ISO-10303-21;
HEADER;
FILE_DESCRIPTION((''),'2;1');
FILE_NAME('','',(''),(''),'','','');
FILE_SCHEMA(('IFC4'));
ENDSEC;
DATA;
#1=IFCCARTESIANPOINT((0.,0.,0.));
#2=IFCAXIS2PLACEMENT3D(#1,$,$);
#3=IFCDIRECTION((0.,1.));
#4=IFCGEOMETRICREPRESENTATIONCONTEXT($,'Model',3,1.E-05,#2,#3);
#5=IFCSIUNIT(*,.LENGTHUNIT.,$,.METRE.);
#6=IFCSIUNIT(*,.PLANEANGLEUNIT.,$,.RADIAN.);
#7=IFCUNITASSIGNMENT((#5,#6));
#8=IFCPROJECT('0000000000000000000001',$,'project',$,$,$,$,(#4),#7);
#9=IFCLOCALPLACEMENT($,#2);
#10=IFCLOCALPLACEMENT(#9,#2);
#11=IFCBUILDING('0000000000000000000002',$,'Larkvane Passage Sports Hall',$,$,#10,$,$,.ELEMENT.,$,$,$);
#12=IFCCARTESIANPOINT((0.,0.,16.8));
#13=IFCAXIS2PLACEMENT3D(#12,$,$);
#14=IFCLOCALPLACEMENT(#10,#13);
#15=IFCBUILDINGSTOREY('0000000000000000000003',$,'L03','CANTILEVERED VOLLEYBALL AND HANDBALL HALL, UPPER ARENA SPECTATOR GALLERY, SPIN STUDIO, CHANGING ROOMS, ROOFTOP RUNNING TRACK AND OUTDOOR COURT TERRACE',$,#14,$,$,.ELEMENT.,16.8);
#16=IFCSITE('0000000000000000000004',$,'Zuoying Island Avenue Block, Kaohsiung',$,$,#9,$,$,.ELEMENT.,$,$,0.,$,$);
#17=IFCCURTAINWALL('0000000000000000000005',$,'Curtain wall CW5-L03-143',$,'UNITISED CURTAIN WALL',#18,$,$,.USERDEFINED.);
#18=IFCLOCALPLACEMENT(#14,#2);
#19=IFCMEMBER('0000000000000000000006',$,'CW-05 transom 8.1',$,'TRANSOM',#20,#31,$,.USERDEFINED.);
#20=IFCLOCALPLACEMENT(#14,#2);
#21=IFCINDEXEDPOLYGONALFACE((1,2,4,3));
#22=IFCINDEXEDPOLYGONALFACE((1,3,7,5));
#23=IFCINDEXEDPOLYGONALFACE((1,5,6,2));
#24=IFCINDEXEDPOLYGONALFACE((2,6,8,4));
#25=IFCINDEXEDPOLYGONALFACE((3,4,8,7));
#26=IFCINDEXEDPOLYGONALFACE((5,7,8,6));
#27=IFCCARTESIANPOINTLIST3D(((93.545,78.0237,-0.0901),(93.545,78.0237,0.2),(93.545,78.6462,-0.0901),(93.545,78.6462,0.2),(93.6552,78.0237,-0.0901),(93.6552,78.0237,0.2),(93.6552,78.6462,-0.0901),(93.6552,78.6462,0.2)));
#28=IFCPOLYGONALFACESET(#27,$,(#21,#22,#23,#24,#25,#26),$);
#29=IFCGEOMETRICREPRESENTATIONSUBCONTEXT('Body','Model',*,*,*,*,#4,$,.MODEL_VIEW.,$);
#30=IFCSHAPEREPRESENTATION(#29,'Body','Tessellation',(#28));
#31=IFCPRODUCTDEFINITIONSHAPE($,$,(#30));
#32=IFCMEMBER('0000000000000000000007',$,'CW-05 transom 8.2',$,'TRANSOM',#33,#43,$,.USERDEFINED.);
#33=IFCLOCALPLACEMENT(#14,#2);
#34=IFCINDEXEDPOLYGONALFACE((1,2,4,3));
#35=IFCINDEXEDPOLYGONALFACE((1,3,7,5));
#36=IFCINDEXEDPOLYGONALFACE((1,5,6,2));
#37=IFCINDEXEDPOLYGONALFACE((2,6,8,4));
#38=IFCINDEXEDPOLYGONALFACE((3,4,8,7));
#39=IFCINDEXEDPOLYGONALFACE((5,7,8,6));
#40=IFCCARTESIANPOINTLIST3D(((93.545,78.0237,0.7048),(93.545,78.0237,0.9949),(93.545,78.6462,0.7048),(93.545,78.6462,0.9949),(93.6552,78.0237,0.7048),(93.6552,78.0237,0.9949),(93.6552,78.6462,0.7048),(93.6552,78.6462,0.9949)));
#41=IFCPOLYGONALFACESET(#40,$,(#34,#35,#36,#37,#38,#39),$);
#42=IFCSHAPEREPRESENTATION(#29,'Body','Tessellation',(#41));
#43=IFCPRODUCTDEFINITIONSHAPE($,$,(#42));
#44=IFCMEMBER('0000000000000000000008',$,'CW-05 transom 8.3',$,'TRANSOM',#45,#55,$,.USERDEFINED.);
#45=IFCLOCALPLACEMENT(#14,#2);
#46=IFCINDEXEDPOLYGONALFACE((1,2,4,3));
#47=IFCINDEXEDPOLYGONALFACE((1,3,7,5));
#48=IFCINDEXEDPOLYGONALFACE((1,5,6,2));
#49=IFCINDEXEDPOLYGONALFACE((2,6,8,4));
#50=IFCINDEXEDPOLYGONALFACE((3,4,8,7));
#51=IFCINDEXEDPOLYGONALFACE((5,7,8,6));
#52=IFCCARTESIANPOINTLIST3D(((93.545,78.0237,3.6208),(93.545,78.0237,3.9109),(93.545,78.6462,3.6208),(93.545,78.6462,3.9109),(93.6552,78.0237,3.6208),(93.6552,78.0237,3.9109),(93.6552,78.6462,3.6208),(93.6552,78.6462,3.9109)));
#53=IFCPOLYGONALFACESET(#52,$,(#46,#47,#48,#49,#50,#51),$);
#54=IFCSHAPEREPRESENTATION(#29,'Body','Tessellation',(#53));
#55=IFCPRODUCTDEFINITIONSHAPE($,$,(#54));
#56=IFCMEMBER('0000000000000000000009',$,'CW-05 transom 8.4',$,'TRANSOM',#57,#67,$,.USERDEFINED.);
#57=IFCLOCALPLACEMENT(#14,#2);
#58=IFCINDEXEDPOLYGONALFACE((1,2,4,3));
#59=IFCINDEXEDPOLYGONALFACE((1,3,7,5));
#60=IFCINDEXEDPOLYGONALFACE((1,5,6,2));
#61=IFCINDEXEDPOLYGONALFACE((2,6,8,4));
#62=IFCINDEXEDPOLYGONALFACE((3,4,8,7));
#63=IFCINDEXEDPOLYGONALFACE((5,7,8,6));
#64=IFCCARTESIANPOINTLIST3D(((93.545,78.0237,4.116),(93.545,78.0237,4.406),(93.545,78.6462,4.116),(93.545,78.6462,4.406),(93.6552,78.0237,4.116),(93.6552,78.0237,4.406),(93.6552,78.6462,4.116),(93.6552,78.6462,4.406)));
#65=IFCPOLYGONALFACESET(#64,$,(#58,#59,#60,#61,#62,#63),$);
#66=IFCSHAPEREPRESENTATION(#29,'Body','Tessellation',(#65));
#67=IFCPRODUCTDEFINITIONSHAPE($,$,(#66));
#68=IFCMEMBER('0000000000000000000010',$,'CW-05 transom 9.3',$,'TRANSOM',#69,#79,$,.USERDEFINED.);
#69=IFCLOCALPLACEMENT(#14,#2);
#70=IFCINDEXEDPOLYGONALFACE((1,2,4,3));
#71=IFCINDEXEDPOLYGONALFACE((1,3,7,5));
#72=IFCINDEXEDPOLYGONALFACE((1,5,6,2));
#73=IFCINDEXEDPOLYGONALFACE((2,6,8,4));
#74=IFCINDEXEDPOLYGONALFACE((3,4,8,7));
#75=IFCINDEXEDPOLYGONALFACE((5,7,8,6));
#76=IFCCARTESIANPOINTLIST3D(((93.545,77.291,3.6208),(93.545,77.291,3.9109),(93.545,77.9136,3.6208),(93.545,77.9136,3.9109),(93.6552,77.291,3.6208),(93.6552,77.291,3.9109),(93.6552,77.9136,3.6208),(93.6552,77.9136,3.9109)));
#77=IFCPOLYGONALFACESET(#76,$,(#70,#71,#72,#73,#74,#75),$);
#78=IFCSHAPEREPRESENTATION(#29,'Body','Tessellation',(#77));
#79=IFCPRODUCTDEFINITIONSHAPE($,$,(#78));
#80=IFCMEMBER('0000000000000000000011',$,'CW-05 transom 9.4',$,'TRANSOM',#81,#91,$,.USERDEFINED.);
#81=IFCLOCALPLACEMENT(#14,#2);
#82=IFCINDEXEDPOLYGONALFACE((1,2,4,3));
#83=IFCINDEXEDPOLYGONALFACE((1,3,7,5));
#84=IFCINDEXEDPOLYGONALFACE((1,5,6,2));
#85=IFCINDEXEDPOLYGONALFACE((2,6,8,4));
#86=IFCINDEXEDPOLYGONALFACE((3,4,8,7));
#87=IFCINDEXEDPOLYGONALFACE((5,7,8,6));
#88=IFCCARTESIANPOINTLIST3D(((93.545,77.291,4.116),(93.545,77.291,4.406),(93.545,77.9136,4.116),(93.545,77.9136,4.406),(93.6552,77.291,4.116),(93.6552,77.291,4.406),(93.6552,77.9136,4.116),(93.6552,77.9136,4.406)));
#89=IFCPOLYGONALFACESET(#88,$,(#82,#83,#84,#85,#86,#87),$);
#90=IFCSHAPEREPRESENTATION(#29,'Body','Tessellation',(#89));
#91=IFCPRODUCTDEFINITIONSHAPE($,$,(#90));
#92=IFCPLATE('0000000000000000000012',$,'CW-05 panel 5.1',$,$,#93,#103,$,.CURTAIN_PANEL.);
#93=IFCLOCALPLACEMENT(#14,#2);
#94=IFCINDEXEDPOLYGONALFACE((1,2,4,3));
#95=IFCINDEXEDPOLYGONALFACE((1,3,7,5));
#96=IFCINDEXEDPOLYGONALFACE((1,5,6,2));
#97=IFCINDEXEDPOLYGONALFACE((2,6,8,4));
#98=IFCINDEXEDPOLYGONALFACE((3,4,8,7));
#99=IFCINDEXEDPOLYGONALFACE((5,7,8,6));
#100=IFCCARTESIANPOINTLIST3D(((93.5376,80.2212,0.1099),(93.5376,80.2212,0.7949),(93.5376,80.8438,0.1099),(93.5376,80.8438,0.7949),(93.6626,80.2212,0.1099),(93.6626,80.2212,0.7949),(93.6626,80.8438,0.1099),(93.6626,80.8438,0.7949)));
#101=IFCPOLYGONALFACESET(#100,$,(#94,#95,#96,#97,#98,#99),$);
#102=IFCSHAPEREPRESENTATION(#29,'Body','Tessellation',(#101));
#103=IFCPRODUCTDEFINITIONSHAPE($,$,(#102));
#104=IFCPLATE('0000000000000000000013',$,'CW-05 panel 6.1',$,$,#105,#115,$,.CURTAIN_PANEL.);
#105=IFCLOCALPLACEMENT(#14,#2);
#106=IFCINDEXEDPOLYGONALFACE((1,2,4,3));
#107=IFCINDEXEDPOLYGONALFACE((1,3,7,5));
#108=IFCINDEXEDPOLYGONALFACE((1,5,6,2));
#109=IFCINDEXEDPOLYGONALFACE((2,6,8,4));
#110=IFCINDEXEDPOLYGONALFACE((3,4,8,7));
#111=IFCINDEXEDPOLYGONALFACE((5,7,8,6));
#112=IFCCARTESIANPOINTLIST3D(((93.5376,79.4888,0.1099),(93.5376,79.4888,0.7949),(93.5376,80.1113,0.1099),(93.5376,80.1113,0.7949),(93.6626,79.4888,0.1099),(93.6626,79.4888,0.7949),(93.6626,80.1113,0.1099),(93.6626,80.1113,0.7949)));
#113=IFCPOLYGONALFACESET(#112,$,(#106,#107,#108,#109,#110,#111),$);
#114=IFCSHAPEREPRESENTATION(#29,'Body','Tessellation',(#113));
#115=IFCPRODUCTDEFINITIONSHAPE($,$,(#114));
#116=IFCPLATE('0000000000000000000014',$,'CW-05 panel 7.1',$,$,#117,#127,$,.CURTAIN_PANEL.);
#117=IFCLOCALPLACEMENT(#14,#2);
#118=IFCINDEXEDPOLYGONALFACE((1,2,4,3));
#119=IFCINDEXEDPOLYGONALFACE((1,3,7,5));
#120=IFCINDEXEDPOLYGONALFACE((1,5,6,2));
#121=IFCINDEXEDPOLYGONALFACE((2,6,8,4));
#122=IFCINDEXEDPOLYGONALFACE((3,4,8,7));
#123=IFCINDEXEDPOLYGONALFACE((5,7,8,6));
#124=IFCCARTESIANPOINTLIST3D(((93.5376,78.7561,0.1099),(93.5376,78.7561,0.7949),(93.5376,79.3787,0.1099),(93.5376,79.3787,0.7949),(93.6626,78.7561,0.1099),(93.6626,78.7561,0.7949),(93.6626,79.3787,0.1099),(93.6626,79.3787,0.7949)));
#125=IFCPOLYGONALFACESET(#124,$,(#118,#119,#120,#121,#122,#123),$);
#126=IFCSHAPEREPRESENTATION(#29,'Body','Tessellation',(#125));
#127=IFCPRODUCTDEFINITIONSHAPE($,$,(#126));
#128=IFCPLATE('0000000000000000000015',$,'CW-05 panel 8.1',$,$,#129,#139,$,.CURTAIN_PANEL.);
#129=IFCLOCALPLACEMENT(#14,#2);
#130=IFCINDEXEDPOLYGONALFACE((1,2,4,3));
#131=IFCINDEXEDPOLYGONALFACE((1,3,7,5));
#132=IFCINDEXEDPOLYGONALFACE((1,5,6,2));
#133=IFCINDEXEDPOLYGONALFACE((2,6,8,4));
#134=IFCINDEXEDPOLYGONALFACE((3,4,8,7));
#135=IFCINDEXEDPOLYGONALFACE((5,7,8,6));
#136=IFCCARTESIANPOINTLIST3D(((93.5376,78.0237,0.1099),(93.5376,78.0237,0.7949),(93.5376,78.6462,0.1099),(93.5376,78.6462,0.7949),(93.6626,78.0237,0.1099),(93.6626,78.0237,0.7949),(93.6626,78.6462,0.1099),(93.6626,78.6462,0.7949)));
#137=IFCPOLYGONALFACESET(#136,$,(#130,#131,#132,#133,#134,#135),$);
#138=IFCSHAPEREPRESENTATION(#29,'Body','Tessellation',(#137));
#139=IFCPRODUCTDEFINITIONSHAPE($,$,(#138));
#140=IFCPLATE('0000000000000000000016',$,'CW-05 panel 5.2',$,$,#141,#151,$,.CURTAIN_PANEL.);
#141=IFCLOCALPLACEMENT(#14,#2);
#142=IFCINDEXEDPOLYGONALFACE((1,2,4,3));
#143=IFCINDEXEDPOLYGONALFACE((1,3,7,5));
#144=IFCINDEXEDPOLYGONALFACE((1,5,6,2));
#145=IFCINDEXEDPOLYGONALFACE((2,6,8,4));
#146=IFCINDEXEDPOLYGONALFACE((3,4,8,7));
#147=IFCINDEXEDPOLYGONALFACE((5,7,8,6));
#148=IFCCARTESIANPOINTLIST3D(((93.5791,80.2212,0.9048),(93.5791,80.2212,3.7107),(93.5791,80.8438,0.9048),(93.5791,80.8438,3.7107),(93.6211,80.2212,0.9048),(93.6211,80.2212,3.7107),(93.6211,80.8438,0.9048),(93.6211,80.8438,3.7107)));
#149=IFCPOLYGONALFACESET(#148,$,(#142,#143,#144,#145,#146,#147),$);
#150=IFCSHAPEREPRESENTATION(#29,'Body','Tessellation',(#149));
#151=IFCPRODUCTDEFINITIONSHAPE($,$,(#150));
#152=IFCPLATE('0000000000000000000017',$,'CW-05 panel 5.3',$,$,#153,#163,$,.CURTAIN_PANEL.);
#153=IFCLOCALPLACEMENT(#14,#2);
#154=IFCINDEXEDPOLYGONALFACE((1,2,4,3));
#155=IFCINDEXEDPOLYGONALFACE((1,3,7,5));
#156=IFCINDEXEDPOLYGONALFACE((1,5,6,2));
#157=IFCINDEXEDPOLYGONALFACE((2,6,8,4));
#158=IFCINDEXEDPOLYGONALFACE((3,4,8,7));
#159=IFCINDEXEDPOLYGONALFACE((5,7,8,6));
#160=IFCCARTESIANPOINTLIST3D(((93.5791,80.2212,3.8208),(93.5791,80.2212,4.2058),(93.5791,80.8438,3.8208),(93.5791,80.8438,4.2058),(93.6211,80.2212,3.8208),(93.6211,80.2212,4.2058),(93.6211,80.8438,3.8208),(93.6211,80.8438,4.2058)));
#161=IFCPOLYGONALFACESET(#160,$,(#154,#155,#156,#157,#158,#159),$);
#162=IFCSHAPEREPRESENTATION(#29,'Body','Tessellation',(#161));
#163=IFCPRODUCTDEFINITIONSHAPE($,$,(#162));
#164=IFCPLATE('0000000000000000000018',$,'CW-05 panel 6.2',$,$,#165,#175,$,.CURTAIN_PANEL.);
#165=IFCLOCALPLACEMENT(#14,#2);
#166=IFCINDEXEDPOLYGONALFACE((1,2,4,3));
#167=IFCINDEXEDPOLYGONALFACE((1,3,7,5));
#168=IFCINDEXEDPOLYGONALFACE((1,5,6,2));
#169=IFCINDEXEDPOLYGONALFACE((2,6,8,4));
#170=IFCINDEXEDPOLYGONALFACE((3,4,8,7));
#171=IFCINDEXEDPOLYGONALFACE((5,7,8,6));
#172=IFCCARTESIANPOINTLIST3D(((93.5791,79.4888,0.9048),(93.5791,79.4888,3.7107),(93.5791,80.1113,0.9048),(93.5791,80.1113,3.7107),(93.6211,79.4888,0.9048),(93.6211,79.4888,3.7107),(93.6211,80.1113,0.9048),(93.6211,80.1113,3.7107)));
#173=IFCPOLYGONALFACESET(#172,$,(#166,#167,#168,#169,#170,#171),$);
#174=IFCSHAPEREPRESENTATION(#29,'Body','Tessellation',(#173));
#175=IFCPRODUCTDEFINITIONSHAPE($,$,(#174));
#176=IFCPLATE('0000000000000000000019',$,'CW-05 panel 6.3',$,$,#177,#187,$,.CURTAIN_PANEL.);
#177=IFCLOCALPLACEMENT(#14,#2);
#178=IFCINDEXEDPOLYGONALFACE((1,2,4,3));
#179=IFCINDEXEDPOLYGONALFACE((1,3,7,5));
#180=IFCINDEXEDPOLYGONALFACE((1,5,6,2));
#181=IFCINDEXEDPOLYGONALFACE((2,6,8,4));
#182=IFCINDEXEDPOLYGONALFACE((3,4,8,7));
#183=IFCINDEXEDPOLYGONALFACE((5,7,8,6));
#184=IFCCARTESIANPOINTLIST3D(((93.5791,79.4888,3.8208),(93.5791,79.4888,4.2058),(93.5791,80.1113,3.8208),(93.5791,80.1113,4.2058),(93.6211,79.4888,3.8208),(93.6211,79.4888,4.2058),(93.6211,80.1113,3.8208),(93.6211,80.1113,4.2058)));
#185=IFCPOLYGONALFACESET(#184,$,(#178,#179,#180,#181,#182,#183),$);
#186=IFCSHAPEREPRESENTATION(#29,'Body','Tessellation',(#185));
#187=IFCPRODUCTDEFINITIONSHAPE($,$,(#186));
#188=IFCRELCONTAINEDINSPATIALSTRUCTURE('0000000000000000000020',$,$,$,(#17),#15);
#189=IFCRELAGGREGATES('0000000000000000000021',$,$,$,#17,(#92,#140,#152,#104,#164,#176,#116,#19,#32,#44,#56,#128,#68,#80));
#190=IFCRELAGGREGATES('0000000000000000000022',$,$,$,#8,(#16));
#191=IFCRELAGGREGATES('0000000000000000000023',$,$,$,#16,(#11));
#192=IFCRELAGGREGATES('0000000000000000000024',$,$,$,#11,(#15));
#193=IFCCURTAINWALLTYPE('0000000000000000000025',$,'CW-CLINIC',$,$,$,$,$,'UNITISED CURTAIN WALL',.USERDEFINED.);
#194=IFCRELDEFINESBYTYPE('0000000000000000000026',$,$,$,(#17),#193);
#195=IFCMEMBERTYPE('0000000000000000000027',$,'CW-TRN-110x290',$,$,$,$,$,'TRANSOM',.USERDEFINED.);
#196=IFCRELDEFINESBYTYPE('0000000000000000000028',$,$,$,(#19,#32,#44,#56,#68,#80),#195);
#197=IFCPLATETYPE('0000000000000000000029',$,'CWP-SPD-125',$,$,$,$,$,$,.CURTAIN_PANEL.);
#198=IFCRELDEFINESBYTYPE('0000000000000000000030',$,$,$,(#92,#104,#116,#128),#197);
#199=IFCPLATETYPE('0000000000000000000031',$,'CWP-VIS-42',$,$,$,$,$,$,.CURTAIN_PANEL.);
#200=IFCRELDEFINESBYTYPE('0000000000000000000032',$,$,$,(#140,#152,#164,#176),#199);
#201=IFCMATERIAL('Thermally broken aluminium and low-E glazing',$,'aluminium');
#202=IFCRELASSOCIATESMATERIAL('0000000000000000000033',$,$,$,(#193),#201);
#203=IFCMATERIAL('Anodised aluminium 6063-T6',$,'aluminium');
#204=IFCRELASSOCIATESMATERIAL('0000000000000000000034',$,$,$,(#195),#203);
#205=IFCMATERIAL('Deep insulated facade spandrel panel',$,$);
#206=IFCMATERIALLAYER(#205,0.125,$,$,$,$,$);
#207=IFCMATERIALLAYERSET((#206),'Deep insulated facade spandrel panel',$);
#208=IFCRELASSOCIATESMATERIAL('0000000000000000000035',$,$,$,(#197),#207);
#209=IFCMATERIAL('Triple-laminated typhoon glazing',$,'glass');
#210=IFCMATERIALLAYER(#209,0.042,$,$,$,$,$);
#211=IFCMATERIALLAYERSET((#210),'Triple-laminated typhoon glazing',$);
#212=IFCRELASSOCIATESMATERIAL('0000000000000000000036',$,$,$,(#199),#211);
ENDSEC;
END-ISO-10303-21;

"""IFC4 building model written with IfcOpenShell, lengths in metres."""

from ifc_helpers import new_model, si_unit, direction, frame, origin, origin_2d, place, context, subcontext, project, spatial, rectangle, extrude, material, layer, layer_set, material_profile, profile_set, type_object, element, aggregate, save


model = new_model("IFC4")

# Units and contexts
model_context = context("Model", 3, precision=1e-05, world=origin(), true_north=direction((0.0, 1.0)))
body_context = subcontext(model_context, "Body", "Model", "MODEL_VIEW")
ifc_project = project(units=[si_unit("LENGTHUNIT", "METRE"), si_unit("PLANEANGLEUNIT", "RADIAN")], contexts=[model_context])

# Site, building, storey
site_placement = place(None, origin())
site = spatial("IfcSite", under=ifc_project, at=site_placement, Name="Zuoying Island Avenue Block, Kaohsiung", CompositionType="ELEMENT", RefElevation=0.0)
building_placement = place(site_placement, origin())
building = spatial("IfcBuilding", under=site, at=building_placement, Name="Larkvane Passage Sports Hall", CompositionType="ELEMENT")
storey_placement = place(building_placement, frame((0.0, 0.0, 16.8)))
storey = spatial("IfcBuildingStorey", under=building, at=storey_placement, Name="L03", Description="CANTILEVERED VOLLEYBALL AND HANDBALL HALL, UPPER ARENA SPECTATOR GALLERY, SPIN STUDIO, CHANGING ROOMS, ROOFTOP RUNNING TRACK AND OUTDOOR COURT TERRACE", CompositionType="ELEMENT", Elevation=16.8)

# Curtain wall, members, plates
ifc_material_1 = material(Name="Thermally broken aluminium and low-E glazing", Category="aluminium")
curtain_wall_type = type_object("IfcCurtainWallType", Name="CW-CLINIC", ElementType="UNITISED CURTAIN WALL", PredefinedType="USERDEFINED", material=ifc_material_1)
curtain_wall_placement = place(storey_placement, origin())
curtain_wall = element("IfcCurtainWall", 1, at=curtain_wall_placement, inside=storey, type_object=curtain_wall_type, Name="Curtain wall CW5-L03-143", ObjectType="UNITISED CURTAIN WALL", PredefinedType="USERDEFINED")
ifc_material_2 = material(Name="Anodised aluminium 6063-T6", Category="aluminium")
ifc_material_profile_1 = material_profile(ifc_material_2, rectangle(XDim=0.1101, YDim=0.29, at=origin_2d()), Name="ALU-TRN-110x290")
ifc_profile_set_1 = profile_set([ifc_material_profile_1], Name="Anodised aluminium 6063-T6")
member_type_1 = type_object("IfcMemberType", Name="CW-TRN-110x290", ElementType="TRANSOM", PredefinedType="USERDEFINED", material=ifc_profile_set_1)
member_1_placement = place(storey_placement, frame((93.6001, 78.6462, 0.0549), z_axis=(0.0, -1.0, 0.0), x_axis=(1.0, 0.0, 0.0)))
member_1 = element("IfcMember", 2, at=member_1_placement, type_object=member_type_1, Name="CW-05 transom 8.1", ObjectType="TRANSOM", PredefinedType="USERDEFINED", context=body_context, shape_type="SweptSolid", body=[
    extrude(rectangle(XDim=0.1101, YDim=0.29, at=origin_2d()), origin(), (0.0, 0.0, 1.0), 0.6226),
])
member_2_placement = place(storey_placement, frame((93.6001, 78.6462, 0.8499), z_axis=(0.0, -1.0, 0.0), x_axis=(1.0, 0.0, 0.0)))
member_2 = element("IfcMember", 3, at=member_2_placement, type_object=member_type_1, Name="CW-05 transom 8.2", ObjectType="TRANSOM", PredefinedType="USERDEFINED", context=body_context, shape_type="SweptSolid", body=[
    extrude(rectangle(XDim=0.1101, YDim=0.29, at=origin_2d()), origin(), (0.0, 0.0, 1.0), 0.6226),
])
member_3_placement = place(storey_placement, frame((93.6001, 78.6462, 3.7659), z_axis=(0.0, -1.0, 0.0), x_axis=(1.0, 0.0, 0.0)))
member_3 = element("IfcMember", 4, at=member_3_placement, type_object=member_type_1, Name="CW-05 transom 8.3", ObjectType="TRANSOM", PredefinedType="USERDEFINED", context=body_context, shape_type="SweptSolid", body=[
    extrude(rectangle(XDim=0.1101, YDim=0.29, at=origin_2d()), origin(), (0.0, 0.0, 1.0), 0.6226),
])
member_4_placement = place(storey_placement, frame((93.6001, 78.6462, 4.261), z_axis=(0.0, -1.0, 0.0), x_axis=(1.0, 0.0, 0.0)))
member_4 = element("IfcMember", 5, at=member_4_placement, type_object=member_type_1, Name="CW-05 transom 8.4", ObjectType="TRANSOM", PredefinedType="USERDEFINED", context=body_context, shape_type="SweptSolid", body=[
    extrude(rectangle(XDim=0.1101, YDim=0.29, at=origin_2d()), origin(), (0.0, 0.0, 1.0), 0.6226),
])
member_5_placement = place(storey_placement, frame((93.6001, 77.9136, 3.7659), z_axis=(0.0, -1.0, 0.0), x_axis=(1.0, 0.0, 0.0)))
member_5 = element("IfcMember", 6, at=member_5_placement, type_object=member_type_1, Name="CW-05 transom 9.3", ObjectType="TRANSOM", PredefinedType="USERDEFINED", context=body_context, shape_type="SweptSolid", body=[
    extrude(rectangle(XDim=0.1101, YDim=0.29, at=origin_2d()), origin(), (0.0, 0.0, 1.0), 0.6226),
])
member_6_placement = place(storey_placement, frame((93.6001, 77.9136, 4.261), z_axis=(0.0, -1.0, 0.0), x_axis=(1.0, 0.0, 0.0)))
member_6 = element("IfcMember", 7, at=member_6_placement, type_object=member_type_1, Name="CW-05 transom 9.4", ObjectType="TRANSOM", PredefinedType="USERDEFINED", context=body_context, shape_type="SweptSolid", body=[
    extrude(rectangle(XDim=0.1101, YDim=0.29, at=origin_2d()), origin(), (0.0, 0.0, 1.0), 0.6226),
])
ifc_material_3 = material(Name="Deep insulated facade spandrel panel")
ifc_layer_1 = layer(ifc_material_3, 0.125)
ifc_layer_set_1 = layer_set([ifc_layer_1], Name="Deep insulated facade spandrel panel")
plate_type_1 = type_object("IfcPlateType", Name="CWP-SPD-125", PredefinedType="CURTAIN_PANEL", material=ifc_layer_set_1)
plate_1_placement = place(storey_placement, frame((93.6001, 80.5325, 0.1099), z_axis=(0.0, 0.0, 1.0), x_axis=(0.0, -1.0, 0.0)))
plate_1 = element("IfcPlate", 8, at=plate_1_placement, type_object=plate_type_1, Name="CW-05 panel 5.1", PredefinedType="CURTAIN_PANEL", context=body_context, shape_type="SweptSolid", body=[
    extrude(rectangle(XDim=0.6226, YDim=0.125, at=origin_2d()), origin(), (0.0, 0.0, 1.0), 0.6851),
])
plate_2_placement = place(storey_placement, frame((93.6001, 79.8, 0.1099), z_axis=(0.0, 0.0, 1.0), x_axis=(0.0, -1.0, 0.0)))
plate_2 = element("IfcPlate", 9, at=plate_2_placement, type_object=plate_type_1, Name="CW-05 panel 6.1", PredefinedType="CURTAIN_PANEL", context=body_context, shape_type="SweptSolid", body=[
    extrude(rectangle(XDim=0.6226, YDim=0.125, at=origin_2d()), origin(), (0.0, 0.0, 1.0), 0.6851),
])
plate_3_placement = place(storey_placement, frame((93.6001, 79.0674, 0.1099), z_axis=(0.0, 0.0, 1.0), x_axis=(0.0, -1.0, 0.0)))
plate_3 = element("IfcPlate", 10, at=plate_3_placement, type_object=plate_type_1, Name="CW-05 panel 7.1", PredefinedType="CURTAIN_PANEL", context=body_context, shape_type="SweptSolid", body=[
    extrude(rectangle(XDim=0.6226, YDim=0.125, at=origin_2d()), origin(), (0.0, 0.0, 1.0), 0.6851),
])
plate_4_placement = place(storey_placement, frame((93.6001, 78.335, 0.1099), z_axis=(0.0, 0.0, 1.0), x_axis=(0.0, -1.0, 0.0)))
plate_4 = element("IfcPlate", 11, at=plate_4_placement, type_object=plate_type_1, Name="CW-05 panel 8.1", PredefinedType="CURTAIN_PANEL", context=body_context, shape_type="SweptSolid", body=[
    extrude(rectangle(XDim=0.6226, YDim=0.125, at=origin_2d()), origin(), (0.0, 0.0, 1.0), 0.6851),
])
ifc_material_4 = material(Name="Triple-laminated typhoon glazing", Category="glass")
ifc_layer_2 = layer(ifc_material_4, 0.042)
ifc_layer_set_2 = layer_set([ifc_layer_2], Name="Triple-laminated typhoon glazing")
plate_type_2 = type_object("IfcPlateType", Name="CWP-VIS-42", PredefinedType="CURTAIN_PANEL", material=ifc_layer_set_2)
plate_5_placement = place(storey_placement, frame((93.6001, 80.5325, 0.9048), z_axis=(0.0, 0.0, 1.0), x_axis=(0.0, -1.0, 0.0)))
plate_5 = element("IfcPlate", 12, at=plate_5_placement, type_object=plate_type_2, Name="CW-05 panel 5.2", PredefinedType="CURTAIN_PANEL", context=body_context, shape_type="SweptSolid", body=[
    extrude(rectangle(XDim=0.6226, YDim=0.042, at=origin_2d()), origin(), (0.0, 0.0, 1.0), 2.8059),
])
plate_6_placement = place(storey_placement, frame((93.6001, 80.5325, 3.8208), z_axis=(0.0, 0.0, 1.0), x_axis=(0.0, -1.0, 0.0)))
plate_6 = element("IfcPlate", 13, at=plate_6_placement, type_object=plate_type_2, Name="CW-05 panel 5.3", PredefinedType="CURTAIN_PANEL", context=body_context, shape_type="SweptSolid", body=[
    extrude(rectangle(XDim=0.6226, YDim=0.042, at=origin_2d()), origin(), (0.0, 0.0, 1.0), 0.385),
])
plate_7_placement = place(storey_placement, frame((93.6001, 79.8, 0.9048), z_axis=(0.0, 0.0, 1.0), x_axis=(0.0, -1.0, 0.0)))
plate_7 = element("IfcPlate", 14, at=plate_7_placement, type_object=plate_type_2, Name="CW-05 panel 6.2", PredefinedType="CURTAIN_PANEL", context=body_context, shape_type="SweptSolid", body=[
    extrude(rectangle(XDim=0.6226, YDim=0.042, at=origin_2d()), origin(), (0.0, 0.0, 1.0), 2.8059),
])
plate_8_placement = place(storey_placement, frame((93.6001, 79.8, 3.8208), z_axis=(0.0, 0.0, 1.0), x_axis=(0.0, -1.0, 0.0)))
plate_8 = element("IfcPlate", 15, at=plate_8_placement, type_object=plate_type_2, Name="CW-05 panel 6.3", PredefinedType="CURTAIN_PANEL", context=body_context, shape_type="SweptSolid", body=[
    extrude(rectangle(XDim=0.6226, YDim=0.042, at=origin_2d()), origin(), (0.0, 0.0, 1.0), 0.385),
])
aggregate(curtain_wall, [plate_1, plate_5, plate_6, plate_2, plate_7, plate_8, plate_3, member_1, member_2, member_3, member_4, plate_4, member_5, member_6])

save(model, "model.ifc")
